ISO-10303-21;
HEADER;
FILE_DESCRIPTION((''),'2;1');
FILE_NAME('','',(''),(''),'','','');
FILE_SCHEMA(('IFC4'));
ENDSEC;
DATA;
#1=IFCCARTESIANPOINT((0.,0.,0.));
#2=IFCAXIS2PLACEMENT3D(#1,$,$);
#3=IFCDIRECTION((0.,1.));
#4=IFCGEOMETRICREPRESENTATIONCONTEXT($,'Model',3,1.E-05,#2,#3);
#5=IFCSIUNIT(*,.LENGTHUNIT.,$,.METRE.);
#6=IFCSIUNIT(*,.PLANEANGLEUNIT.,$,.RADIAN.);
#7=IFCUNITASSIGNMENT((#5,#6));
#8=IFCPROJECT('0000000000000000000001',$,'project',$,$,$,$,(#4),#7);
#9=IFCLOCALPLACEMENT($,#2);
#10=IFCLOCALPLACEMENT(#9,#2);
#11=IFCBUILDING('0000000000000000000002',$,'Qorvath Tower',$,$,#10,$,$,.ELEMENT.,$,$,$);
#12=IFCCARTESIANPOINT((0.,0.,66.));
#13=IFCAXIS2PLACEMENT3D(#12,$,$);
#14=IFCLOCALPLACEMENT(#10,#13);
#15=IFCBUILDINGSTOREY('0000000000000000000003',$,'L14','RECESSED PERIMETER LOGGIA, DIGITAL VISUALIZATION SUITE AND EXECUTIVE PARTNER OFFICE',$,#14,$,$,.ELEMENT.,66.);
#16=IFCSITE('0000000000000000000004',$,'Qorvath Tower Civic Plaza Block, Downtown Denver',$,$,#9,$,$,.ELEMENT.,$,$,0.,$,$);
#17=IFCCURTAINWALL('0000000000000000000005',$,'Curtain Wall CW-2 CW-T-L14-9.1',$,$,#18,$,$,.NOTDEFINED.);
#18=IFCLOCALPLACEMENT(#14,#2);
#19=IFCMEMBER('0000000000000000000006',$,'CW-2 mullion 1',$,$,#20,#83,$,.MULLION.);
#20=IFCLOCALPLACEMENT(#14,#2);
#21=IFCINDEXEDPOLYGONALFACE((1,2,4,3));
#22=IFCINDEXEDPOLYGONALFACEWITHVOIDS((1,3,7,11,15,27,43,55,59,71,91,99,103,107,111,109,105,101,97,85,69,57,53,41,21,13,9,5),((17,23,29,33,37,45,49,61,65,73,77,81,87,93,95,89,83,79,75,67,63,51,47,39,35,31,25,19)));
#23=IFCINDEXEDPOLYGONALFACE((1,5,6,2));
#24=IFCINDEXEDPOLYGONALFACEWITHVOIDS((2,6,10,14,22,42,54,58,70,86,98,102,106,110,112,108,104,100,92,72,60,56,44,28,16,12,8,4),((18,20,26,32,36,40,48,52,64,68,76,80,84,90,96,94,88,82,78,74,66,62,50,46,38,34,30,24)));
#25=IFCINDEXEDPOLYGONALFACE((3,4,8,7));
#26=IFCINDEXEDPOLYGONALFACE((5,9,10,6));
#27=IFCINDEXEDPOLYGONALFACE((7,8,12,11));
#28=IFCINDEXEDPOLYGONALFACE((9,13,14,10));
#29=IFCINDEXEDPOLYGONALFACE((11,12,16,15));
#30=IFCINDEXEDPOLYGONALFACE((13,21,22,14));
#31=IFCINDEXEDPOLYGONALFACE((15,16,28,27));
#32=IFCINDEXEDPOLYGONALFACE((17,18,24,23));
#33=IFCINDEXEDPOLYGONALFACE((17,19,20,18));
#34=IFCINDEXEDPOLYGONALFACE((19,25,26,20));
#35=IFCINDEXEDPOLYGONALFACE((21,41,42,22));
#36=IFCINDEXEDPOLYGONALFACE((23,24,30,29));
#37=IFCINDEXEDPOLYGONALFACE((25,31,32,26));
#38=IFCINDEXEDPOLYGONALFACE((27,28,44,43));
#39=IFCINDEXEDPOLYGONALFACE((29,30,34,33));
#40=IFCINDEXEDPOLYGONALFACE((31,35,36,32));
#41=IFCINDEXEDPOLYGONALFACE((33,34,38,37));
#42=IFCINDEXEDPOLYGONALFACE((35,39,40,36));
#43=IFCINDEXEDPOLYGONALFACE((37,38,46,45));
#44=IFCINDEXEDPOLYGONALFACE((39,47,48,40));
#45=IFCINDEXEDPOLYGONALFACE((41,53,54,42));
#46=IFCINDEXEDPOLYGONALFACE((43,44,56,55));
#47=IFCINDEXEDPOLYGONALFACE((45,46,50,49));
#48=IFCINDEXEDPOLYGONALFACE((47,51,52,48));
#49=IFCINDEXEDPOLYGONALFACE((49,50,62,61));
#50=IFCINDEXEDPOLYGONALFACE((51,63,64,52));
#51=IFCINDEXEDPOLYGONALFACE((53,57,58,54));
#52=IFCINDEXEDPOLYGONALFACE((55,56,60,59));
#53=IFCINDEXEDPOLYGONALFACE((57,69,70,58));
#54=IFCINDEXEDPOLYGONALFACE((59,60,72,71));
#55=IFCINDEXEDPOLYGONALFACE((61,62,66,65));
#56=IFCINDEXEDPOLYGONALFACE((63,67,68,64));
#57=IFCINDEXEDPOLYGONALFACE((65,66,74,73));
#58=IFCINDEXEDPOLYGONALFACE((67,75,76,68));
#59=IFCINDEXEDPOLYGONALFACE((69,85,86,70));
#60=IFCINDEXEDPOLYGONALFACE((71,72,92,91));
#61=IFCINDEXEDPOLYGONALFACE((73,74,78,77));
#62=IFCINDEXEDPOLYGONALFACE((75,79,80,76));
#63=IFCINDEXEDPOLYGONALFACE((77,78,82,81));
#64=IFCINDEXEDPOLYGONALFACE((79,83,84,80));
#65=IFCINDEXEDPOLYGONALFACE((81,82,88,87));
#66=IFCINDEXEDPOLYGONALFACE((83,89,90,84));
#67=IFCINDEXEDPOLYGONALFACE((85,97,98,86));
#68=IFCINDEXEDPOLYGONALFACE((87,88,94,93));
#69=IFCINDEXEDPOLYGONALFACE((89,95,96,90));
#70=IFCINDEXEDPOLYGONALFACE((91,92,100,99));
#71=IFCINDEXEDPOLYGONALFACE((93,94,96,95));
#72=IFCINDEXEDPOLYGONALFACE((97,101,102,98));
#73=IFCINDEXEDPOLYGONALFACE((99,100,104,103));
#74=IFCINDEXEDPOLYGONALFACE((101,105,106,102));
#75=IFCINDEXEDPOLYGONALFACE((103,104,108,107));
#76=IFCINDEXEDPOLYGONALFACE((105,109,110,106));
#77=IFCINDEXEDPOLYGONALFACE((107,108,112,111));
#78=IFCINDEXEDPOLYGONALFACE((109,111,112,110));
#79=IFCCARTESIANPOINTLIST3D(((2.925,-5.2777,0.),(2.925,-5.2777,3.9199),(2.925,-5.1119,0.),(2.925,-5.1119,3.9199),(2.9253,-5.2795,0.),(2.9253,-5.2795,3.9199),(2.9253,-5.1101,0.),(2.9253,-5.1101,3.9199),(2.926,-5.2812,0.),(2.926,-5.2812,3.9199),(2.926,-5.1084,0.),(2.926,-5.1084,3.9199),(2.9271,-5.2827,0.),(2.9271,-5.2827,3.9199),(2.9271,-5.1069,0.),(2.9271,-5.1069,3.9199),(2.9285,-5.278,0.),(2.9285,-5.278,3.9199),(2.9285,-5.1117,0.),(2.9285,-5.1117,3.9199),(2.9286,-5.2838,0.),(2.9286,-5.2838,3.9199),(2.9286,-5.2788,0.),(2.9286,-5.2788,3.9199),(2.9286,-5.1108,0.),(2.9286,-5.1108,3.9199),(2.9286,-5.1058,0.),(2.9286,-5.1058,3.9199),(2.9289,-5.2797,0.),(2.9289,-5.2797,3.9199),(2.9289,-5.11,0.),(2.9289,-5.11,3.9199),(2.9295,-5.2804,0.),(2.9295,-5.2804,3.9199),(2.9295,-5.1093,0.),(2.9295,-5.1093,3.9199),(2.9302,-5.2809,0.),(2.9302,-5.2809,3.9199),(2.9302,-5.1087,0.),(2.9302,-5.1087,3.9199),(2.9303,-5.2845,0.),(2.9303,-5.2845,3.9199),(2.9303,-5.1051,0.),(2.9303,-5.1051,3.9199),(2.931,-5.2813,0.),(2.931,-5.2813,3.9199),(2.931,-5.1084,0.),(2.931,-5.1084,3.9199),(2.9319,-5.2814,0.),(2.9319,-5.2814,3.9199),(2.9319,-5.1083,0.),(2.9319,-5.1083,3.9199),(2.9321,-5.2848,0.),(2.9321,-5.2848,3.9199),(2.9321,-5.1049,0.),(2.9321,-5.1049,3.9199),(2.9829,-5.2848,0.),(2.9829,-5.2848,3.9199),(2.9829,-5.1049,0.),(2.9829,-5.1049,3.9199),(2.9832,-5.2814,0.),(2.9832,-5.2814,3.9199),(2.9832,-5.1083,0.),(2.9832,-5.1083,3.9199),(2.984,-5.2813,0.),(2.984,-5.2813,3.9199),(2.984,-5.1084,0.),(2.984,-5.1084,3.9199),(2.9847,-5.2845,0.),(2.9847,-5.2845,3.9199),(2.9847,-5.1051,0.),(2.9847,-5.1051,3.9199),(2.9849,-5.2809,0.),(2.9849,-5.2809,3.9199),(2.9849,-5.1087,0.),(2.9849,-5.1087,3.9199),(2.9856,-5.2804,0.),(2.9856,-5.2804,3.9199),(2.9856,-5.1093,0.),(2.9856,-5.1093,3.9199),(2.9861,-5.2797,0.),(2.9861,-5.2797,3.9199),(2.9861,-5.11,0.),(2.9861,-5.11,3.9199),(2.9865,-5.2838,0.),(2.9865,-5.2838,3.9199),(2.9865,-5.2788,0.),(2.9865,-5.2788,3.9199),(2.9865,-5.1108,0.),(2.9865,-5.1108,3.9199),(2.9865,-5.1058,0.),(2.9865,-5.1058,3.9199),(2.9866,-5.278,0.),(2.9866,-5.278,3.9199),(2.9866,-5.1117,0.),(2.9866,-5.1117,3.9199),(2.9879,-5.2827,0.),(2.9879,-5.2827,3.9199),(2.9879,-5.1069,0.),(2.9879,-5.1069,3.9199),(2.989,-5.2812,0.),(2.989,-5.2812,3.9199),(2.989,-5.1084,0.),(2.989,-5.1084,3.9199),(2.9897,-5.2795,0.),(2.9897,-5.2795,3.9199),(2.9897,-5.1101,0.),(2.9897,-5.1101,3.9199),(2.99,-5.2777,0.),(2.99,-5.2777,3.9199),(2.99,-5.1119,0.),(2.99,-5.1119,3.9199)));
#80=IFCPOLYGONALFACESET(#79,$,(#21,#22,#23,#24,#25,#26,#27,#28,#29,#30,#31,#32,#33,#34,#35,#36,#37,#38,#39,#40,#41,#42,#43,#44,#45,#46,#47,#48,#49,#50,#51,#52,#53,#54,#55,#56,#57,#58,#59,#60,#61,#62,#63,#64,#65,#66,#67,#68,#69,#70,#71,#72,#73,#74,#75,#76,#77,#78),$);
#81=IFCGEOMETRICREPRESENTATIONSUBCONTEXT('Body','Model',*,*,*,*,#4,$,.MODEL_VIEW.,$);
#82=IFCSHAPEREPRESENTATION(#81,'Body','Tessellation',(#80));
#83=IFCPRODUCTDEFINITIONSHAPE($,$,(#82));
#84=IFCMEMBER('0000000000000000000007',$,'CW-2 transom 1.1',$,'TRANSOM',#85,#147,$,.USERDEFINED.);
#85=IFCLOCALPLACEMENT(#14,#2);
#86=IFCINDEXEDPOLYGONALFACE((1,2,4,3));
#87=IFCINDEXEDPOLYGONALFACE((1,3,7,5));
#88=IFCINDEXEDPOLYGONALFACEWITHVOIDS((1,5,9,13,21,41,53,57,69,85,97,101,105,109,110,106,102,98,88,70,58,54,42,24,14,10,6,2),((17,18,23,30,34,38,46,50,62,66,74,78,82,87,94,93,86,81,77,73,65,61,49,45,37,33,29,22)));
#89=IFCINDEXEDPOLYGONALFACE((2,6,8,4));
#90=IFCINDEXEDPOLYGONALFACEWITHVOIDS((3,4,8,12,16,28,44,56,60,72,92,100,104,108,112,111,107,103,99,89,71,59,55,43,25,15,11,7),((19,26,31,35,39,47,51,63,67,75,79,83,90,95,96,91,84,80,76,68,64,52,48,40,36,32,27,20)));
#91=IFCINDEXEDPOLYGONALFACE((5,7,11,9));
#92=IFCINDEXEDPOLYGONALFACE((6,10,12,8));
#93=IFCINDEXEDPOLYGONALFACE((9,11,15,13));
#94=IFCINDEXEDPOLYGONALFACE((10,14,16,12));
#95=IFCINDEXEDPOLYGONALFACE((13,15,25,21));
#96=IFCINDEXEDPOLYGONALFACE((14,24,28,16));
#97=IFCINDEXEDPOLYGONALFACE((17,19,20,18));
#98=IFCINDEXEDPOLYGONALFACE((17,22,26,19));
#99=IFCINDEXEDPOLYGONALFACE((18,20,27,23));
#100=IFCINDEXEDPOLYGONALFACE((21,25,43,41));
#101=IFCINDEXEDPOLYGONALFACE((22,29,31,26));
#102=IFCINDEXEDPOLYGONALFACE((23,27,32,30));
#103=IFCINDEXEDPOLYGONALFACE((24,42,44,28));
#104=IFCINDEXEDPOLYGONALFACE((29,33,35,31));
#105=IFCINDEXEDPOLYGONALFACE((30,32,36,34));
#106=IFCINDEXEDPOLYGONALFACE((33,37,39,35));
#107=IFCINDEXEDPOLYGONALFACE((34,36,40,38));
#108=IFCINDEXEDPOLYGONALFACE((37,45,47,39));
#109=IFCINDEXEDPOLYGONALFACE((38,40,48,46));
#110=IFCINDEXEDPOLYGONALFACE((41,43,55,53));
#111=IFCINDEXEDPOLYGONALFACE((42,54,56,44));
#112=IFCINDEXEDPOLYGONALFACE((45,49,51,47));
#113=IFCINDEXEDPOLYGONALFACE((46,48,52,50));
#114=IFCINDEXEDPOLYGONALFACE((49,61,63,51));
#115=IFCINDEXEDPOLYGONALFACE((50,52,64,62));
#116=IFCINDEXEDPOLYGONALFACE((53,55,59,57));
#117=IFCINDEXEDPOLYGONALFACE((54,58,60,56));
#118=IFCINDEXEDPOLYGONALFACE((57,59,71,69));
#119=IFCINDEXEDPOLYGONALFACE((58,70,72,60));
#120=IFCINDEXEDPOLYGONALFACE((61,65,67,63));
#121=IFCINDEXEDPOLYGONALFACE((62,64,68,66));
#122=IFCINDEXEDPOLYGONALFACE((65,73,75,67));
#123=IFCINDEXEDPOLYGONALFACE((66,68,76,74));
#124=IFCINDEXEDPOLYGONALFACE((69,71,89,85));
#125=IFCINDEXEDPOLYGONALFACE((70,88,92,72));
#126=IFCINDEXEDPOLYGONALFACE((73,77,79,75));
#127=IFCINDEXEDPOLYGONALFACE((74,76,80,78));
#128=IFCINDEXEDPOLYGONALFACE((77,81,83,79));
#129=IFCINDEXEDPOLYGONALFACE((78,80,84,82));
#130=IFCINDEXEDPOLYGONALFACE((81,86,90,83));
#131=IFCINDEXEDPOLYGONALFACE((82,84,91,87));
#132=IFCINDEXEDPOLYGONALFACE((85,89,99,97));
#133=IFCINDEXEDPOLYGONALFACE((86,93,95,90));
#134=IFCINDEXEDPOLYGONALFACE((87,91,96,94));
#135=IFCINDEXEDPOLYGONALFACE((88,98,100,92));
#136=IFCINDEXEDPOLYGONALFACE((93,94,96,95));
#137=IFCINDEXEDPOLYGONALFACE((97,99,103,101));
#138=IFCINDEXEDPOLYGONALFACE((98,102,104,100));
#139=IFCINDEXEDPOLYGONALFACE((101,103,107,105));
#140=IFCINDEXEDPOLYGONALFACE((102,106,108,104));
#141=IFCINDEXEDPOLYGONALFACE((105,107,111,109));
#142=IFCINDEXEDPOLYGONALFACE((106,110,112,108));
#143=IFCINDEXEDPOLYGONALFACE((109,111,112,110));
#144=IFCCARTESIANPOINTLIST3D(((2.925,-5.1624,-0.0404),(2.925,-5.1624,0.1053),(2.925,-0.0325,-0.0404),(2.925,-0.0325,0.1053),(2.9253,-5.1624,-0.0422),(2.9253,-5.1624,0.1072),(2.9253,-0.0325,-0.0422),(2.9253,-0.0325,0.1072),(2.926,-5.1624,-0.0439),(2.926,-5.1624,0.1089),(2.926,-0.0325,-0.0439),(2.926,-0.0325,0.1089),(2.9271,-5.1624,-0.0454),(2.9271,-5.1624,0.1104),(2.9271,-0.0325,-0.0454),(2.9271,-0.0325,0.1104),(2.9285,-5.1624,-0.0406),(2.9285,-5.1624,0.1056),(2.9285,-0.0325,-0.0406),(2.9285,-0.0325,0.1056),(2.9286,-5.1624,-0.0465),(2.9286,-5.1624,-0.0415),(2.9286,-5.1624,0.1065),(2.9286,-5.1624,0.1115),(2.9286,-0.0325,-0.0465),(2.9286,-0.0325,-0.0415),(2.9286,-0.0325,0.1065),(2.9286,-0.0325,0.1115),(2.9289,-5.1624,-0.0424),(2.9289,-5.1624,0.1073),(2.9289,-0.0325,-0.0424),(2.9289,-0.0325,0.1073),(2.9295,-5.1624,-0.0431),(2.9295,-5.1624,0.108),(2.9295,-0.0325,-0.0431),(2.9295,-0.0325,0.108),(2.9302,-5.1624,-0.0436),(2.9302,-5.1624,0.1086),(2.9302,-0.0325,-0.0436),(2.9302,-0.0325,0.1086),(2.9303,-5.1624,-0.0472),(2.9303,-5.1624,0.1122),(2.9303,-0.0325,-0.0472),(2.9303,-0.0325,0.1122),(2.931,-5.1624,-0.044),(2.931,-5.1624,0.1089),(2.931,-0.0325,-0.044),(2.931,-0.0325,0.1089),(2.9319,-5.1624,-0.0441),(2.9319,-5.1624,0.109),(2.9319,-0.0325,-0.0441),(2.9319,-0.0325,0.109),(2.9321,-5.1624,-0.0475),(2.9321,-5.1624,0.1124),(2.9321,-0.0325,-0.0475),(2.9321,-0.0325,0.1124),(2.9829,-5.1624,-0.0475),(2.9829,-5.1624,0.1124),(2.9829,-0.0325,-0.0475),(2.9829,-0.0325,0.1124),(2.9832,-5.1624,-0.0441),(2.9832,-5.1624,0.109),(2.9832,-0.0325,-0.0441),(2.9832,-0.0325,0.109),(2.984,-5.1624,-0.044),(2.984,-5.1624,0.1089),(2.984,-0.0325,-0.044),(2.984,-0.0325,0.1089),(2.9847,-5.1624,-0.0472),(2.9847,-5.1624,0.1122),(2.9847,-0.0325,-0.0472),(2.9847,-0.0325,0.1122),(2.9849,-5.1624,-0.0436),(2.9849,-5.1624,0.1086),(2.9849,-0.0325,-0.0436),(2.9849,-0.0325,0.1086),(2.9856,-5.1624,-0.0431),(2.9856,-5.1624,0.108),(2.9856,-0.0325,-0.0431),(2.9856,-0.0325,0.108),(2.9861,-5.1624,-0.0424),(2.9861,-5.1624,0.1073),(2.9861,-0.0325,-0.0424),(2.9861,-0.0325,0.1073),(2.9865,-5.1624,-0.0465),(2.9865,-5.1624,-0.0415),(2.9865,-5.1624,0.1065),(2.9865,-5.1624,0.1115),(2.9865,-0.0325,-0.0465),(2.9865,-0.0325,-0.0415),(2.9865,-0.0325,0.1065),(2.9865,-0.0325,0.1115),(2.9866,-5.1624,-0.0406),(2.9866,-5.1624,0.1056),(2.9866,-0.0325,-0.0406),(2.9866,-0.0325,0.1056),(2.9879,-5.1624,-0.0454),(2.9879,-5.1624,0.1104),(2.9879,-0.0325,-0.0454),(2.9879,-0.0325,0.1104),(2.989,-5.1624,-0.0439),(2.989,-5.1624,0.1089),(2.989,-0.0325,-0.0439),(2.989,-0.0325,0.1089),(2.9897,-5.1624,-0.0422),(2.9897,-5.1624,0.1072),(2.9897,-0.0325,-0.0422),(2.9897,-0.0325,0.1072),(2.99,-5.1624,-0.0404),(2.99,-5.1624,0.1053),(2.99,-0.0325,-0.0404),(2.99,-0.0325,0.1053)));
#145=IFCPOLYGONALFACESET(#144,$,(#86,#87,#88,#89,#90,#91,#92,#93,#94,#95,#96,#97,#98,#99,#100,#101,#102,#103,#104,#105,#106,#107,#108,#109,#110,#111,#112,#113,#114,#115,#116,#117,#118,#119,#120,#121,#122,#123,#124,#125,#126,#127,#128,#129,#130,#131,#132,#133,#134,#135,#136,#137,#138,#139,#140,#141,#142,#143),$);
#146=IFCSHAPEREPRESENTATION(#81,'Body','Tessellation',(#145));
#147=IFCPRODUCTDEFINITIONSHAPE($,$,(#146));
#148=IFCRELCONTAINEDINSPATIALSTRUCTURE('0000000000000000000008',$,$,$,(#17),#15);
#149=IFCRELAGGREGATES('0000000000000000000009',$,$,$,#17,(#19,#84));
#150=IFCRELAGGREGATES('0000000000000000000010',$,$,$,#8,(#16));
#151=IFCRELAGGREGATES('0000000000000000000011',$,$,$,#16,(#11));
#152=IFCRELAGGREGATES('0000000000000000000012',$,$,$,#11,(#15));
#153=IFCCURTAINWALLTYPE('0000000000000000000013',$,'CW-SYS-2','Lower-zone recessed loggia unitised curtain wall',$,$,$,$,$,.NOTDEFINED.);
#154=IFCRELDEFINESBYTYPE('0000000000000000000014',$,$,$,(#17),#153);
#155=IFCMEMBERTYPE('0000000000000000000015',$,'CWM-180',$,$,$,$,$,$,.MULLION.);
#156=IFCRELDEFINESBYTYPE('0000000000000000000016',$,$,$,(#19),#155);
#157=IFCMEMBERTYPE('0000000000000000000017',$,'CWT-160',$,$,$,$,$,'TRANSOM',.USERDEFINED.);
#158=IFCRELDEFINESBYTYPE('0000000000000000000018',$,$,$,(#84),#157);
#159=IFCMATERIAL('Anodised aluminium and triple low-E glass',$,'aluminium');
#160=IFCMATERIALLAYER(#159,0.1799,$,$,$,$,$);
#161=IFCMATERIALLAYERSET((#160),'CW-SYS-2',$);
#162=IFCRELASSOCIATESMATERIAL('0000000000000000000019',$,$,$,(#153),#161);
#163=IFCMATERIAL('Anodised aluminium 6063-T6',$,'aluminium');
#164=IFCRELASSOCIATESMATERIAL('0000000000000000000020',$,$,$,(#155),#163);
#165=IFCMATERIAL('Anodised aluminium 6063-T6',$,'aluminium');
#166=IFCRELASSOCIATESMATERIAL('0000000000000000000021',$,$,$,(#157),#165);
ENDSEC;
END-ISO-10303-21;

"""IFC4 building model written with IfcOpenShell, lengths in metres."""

from ifc_helpers import new_model, si_unit, direction, frame, origin, origin_2d, place, context, subcontext, project, spatial, hollow_rectangle, extrude, material, layer, layer_set, material_profile, profile_set, type_object, element, aggregate, save


model = new_model("IFC4")

# Units and contexts
model_context = context("Model", 3, precision=1e-05, world=origin(), true_north=direction((0.0, 1.0)))
body_context = subcontext(model_context, "Body", "Model", "MODEL_VIEW")
ifc_project = project(units=[si_unit("LENGTHUNIT", "METRE"), si_unit("PLANEANGLEUNIT", "RADIAN")], contexts=[model_context])

# Site, building, storey
site_placement = place(None, origin())
site = spatial("IfcSite", under=ifc_project, at=site_placement, Name="Qorvath Tower Civic Plaza Block, Downtown Denver", CompositionType="ELEMENT", RefElevation=0.0)
building_placement = place(site_placement, origin())
building = spatial("IfcBuilding", under=site, at=building_placement, Name="Qorvath Tower", CompositionType="ELEMENT")
storey_placement = place(building_placement, frame((0.0, 0.0, 66.0)))
storey = spatial("IfcBuildingStorey", under=building, at=storey_placement, Name="L14", Description="RECESSED PERIMETER LOGGIA, DIGITAL VISUALIZATION SUITE AND EXECUTIVE PARTNER OFFICE", CompositionType="ELEMENT", Elevation=66.0)

# Curtain wall, members
ifc_material_1 = material(Name="Anodised aluminium and triple low-E glass", Category="aluminium")
ifc_layer_1 = layer(ifc_material_1, 0.1799)
ifc_layer_set_1 = layer_set([ifc_layer_1], Name="CW-SYS-2")
curtain_wall_type = type_object("IfcCurtainWallType", Name="CW-SYS-2", Description="Lower-zone recessed loggia unitised curtain wall", PredefinedType="NOTDEFINED", material=ifc_layer_set_1)
curtain_wall_placement = place(storey_placement, origin())
curtain_wall = element("IfcCurtainWall", 1, at=curtain_wall_placement, inside=storey, type_object=curtain_wall_type, Name="Curtain Wall CW-2 CW-T-L14-9.1", PredefinedType="NOTDEFINED")
ifc_material_2 = material(Name="Anodised aluminium 6063-T6", Category="aluminium")
ifc_material_profile_1 = material_profile(ifc_material_2, hollow_rectangle(XDim=0.0649, YDim=0.1799, WallThickness=0.0034, InnerFilletRadius=0.0034, OuterFilletRadius=0.0071, at=origin_2d()), Name="CWM 180x65")
ifc_profile_set_1 = profile_set([ifc_material_profile_1], Name="Anodised aluminium 6063-T6")
member_type_1 = type_object("IfcMemberType", Name="CWM-180", PredefinedType="MULLION", material=ifc_profile_set_1)
member_1_placement = place(storey_placement, frame((2.9575, -5.1948, 0.0), z_axis=(0.0, 0.0, 1.0), x_axis=(-1.0, 0.0, 0.0)))
member_1 = element("IfcMember", 2, at=member_1_placement, type_object=member_type_1, Name="CW-2 mullion 1", PredefinedType="MULLION", context=body_context, shape_type="SweptSolid", body=[
    extrude(hollow_rectangle(XDim=0.0649, YDim=0.1799, WallThickness=0.0034, InnerFilletRadius=0.0034, OuterFilletRadius=0.0071, at=origin_2d()), origin(), (0.0, 0.0, 1.0), 3.9199),
])
ifc_material_3 = material(Name="Anodised aluminium 6063-T6", Category="aluminium")
ifc_material_profile_2 = material_profile(ifc_material_3, hollow_rectangle(XDim=0.0649, YDim=0.1599, WallThickness=0.0034, InnerFilletRadius=0.0034, OuterFilletRadius=0.0071, at=origin_2d()), Name="CWT 160x65")
ifc_profile_set_2 = profile_set([ifc_material_profile_2], Name="Anodised aluminium 6063-T6")
member_type_2 = type_object("IfcMemberType", Name="CWT-160", ElementType="TRANSOM", PredefinedType="USERDEFINED", material=ifc_profile_set_2)
member_2_placement = place(storey_placement, frame((2.9575, -5.1624, 0.0325), z_axis=(0.0, 1.0, 0.0), x_axis=(-1.0, 0.0, 0.0)))
member_2 = element("IfcMember", 3, at=member_2_placement, type_object=member_type_2, Name="CW-2 transom 1.1", ObjectType="TRANSOM", PredefinedType="USERDEFINED", context=body_context, shape_type="SweptSolid", body=[
    extrude(hollow_rectangle(XDim=0.0649, YDim=0.1599, WallThickness=0.0034, InnerFilletRadius=0.0034, OuterFilletRadius=0.0071, at=origin_2d()), origin(), (0.0, 0.0, 1.0), 5.1299),
])
aggregate(curtain_wall, [member_1, member_2])

save(model, "model.ifc")
